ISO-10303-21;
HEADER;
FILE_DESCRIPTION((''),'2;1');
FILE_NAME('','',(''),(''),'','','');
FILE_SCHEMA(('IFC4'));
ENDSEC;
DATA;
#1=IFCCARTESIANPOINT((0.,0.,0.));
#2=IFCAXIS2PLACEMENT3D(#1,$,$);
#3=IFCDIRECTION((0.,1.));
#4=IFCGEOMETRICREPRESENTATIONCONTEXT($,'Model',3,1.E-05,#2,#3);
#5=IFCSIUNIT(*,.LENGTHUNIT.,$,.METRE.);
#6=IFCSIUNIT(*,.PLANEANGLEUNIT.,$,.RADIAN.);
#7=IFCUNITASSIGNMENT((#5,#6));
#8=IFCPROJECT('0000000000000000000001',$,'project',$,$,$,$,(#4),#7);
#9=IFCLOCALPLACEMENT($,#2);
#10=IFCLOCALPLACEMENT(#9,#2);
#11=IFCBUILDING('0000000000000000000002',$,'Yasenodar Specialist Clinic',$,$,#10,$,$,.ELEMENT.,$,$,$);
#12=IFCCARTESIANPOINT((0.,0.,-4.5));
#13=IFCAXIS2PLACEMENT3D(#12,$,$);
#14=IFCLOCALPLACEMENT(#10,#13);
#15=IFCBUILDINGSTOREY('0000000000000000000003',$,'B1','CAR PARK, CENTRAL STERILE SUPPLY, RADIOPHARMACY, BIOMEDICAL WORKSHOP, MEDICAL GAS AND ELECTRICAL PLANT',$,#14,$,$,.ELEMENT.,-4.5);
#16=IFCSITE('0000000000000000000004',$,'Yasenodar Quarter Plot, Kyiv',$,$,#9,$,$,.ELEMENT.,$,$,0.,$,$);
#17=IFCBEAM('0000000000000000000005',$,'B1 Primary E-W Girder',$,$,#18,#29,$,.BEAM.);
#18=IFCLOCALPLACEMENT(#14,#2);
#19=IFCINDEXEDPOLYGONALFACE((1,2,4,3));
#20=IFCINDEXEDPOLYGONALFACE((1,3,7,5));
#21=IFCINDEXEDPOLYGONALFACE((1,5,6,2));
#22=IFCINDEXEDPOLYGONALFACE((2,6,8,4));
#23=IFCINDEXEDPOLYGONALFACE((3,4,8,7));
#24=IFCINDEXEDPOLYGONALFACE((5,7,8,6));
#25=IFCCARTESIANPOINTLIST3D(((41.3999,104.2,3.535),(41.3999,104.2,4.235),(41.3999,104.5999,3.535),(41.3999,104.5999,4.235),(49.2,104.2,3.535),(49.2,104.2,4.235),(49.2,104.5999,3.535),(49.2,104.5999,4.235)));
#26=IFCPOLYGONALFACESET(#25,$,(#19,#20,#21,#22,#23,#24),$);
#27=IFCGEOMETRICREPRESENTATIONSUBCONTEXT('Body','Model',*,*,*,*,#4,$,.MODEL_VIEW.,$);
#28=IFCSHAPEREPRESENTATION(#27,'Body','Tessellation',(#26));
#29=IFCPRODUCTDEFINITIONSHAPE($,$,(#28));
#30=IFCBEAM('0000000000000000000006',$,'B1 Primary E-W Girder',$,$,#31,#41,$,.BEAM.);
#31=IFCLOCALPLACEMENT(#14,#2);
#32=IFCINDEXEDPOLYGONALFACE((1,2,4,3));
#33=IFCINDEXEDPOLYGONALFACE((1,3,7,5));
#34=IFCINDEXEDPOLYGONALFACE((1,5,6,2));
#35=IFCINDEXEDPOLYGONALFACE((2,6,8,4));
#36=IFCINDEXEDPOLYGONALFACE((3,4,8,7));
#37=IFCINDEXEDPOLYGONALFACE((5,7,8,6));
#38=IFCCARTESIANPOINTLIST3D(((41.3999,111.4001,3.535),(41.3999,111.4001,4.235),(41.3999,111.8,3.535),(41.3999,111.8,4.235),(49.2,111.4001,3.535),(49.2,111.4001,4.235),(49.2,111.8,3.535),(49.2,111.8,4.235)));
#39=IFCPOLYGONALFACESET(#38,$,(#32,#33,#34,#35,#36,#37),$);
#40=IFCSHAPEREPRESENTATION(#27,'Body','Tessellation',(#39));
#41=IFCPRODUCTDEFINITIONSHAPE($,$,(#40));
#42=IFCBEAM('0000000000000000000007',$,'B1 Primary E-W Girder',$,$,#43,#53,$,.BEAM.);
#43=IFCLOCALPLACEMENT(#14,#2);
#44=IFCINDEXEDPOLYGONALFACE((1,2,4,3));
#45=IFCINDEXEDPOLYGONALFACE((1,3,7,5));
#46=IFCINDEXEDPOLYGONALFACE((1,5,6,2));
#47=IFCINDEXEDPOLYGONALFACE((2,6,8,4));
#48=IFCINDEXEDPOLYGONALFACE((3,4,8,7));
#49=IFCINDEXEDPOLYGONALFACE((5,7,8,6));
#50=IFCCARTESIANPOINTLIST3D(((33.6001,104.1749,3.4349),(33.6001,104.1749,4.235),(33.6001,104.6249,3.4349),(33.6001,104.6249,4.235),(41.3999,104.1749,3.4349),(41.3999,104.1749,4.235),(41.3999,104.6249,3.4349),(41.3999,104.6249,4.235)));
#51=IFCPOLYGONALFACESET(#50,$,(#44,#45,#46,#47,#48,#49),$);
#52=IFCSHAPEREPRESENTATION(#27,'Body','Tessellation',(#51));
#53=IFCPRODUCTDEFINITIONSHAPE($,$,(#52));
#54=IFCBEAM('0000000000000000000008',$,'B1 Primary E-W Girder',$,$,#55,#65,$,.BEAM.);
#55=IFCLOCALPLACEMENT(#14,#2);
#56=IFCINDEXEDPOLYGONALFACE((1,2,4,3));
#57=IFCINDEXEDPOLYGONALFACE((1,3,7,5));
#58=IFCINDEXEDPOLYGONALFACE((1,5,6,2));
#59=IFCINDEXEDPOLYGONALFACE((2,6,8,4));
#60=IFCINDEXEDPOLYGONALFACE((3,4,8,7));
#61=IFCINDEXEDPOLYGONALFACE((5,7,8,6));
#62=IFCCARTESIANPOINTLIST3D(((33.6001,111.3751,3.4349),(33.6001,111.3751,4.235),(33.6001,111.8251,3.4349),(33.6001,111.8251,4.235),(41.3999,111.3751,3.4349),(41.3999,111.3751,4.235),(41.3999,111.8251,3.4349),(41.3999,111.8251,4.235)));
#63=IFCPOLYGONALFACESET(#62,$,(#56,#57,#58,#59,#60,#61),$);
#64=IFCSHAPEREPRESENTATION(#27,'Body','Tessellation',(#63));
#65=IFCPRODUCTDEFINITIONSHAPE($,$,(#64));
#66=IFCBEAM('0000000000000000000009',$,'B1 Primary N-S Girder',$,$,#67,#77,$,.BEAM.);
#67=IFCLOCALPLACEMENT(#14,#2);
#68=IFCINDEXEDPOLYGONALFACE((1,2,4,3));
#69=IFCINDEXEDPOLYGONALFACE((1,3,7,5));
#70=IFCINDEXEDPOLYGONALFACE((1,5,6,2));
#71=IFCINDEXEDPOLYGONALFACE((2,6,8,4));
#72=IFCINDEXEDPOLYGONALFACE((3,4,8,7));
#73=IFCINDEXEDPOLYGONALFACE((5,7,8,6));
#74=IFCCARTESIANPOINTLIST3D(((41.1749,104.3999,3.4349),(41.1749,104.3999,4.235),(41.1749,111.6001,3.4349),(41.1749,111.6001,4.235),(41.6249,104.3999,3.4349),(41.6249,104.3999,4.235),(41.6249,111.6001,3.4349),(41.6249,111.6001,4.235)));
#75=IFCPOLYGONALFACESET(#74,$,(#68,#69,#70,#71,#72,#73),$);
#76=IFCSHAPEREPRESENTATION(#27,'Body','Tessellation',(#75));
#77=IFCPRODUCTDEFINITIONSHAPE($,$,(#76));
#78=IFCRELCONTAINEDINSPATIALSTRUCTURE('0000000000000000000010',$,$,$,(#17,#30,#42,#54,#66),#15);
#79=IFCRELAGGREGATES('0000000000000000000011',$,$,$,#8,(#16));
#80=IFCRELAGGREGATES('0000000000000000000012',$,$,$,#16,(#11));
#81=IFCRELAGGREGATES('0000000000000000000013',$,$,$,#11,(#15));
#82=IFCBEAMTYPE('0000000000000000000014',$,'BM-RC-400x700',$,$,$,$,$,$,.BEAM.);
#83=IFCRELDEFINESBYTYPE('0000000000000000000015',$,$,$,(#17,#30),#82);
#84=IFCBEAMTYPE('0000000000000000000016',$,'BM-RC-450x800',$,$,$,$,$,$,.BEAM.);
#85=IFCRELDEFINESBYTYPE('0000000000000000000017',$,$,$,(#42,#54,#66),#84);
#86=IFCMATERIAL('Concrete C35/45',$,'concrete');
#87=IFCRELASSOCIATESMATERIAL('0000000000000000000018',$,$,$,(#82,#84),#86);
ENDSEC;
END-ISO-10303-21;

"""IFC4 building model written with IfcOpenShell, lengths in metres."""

from ifc_helpers import new_model, si_unit, direction, frame, origin, origin_2d, place, context, subcontext, project, spatial, rectangle, extrude, material, material_profile, profile_set, type_object, element, save


model = new_model("IFC4")

# Units and contexts
model_context = context("Model", 3, precision=1e-05, world=origin(), true_north=direction((0.0, 1.0)))
body_context = subcontext(model_context, "Body", "Model", "MODEL_VIEW")
ifc_project = project(units=[si_unit("LENGTHUNIT", "METRE"), si_unit("PLANEANGLEUNIT", "RADIAN")], contexts=[model_context])

# Site, building, storey
site_placement = place(None, origin())
site = spatial("IfcSite", under=ifc_project, at=site_placement, Name="Yasenodar Quarter Plot, Kyiv", CompositionType="ELEMENT", RefElevation=0.0)
building_placement = place(site_placement, origin())
building = spatial("IfcBuilding", under=site, at=building_placement, Name="Yasenodar Specialist Clinic", CompositionType="ELEMENT")
storey_placement = place(building_placement, frame((0.0, 0.0, -4.5)))
storey = spatial("IfcBuildingStorey", under=building, at=storey_placement, Name="B1", Description="CAR PARK, CENTRAL STERILE SUPPLY, RADIOPHARMACY, BIOMEDICAL WORKSHOP, MEDICAL GAS AND ELECTRICAL PLANT", CompositionType="ELEMENT", Elevation=-4.5)

# Shared definitions
ifc_material_1 = material(Name="Concrete C35/45", Category="concrete")

# Beams
ifc_material_profile_1 = material_profile(ifc_material_1, rectangle(XDim=0.3999, YDim=0.7, at=origin_2d()), Name="RC 400x700")
ifc_profile_set_1 = profile_set([ifc_material_profile_1], Name="Concrete C35/45")
beam_type_1 = type_object("IfcBeamType", Name="BM-RC-400x700", PredefinedType="BEAM", material=ifc_profile_set_1)
for number, where, z_axis, x_axis, name in (
    (1, (41.3999, 104.3999, 3.885), (1.0, 0.0, 0.0), (0.0, 1.0, 0.0), "B1 Primary E-W Girder"),
    (2, (41.3999, 111.6001, 3.885), (1.0, 0.0, 0.0), (0.0, 1.0, 0.0), "B1 Primary E-W Girder"),
):
    element("IfcBeam", number, at=place(storey_placement, frame(where, z_axis=z_axis, x_axis=x_axis)), inside=storey, type_object=beam_type_1, Name=name, PredefinedType="BEAM", context=body_context, shape_type="SweptSolid", body=[
        extrude(rectangle(XDim=0.3999, YDim=0.7, at=origin_2d()), origin(), (0.0, 0.0, 1.0), 7.8),
    ])
ifc_material_profile_2 = material_profile(ifc_material_1, rectangle(XDim=0.45, YDim=0.8, at=origin_2d()), Name="RC 450x800")
ifc_profile_set_2 = profile_set([ifc_material_profile_2], Name="Concrete C35/45")
beam_type_2 = type_object("IfcBeamType", Name="BM-RC-450x800", PredefinedType="BEAM", material=ifc_profile_set_2)
for number, where, z_axis, x_axis, name in (
    (3, (33.6001, 104.3999, 3.835), (1.0, 0.0, 0.0), (0.0, 1.0, 0.0), "B1 Primary E-W Girder"),
    (4, (33.6001, 111.6001, 3.835), (1.0, 0.0, 0.0), (0.0, 1.0, 0.0), "B1 Primary E-W Girder"),
):
    element("IfcBeam", number, at=place(storey_placement, frame(where, z_axis=z_axis, x_axis=x_axis)), inside=storey, type_object=beam_type_2, Name=name, PredefinedType="BEAM", context=body_context, shape_type="SweptSolid", body=[
        extrude(rectangle(XDim=0.45, YDim=0.8, at=origin_2d()), origin(), (0.0, 0.0, 1.0), 7.7998),
    ])
beam_1_placement = place(storey_placement, frame((41.3999, 104.3999, 3.835), z_axis=(0.0, 1.0, 0.0), x_axis=(-1.0, 0.0, 0.0)))
element("IfcBeam", 5, at=beam_1_placement, inside=storey, type_object=beam_type_2, Name="B1 Primary N-S Girder", PredefinedType="BEAM", context=body_context, shape_type="SweptSolid", body=[
    extrude(rectangle(XDim=0.45, YDim=0.8, at=origin_2d()), origin(), (0.0, 0.0, 1.0), 7.2002),
])

save(model, "model.ifc")
